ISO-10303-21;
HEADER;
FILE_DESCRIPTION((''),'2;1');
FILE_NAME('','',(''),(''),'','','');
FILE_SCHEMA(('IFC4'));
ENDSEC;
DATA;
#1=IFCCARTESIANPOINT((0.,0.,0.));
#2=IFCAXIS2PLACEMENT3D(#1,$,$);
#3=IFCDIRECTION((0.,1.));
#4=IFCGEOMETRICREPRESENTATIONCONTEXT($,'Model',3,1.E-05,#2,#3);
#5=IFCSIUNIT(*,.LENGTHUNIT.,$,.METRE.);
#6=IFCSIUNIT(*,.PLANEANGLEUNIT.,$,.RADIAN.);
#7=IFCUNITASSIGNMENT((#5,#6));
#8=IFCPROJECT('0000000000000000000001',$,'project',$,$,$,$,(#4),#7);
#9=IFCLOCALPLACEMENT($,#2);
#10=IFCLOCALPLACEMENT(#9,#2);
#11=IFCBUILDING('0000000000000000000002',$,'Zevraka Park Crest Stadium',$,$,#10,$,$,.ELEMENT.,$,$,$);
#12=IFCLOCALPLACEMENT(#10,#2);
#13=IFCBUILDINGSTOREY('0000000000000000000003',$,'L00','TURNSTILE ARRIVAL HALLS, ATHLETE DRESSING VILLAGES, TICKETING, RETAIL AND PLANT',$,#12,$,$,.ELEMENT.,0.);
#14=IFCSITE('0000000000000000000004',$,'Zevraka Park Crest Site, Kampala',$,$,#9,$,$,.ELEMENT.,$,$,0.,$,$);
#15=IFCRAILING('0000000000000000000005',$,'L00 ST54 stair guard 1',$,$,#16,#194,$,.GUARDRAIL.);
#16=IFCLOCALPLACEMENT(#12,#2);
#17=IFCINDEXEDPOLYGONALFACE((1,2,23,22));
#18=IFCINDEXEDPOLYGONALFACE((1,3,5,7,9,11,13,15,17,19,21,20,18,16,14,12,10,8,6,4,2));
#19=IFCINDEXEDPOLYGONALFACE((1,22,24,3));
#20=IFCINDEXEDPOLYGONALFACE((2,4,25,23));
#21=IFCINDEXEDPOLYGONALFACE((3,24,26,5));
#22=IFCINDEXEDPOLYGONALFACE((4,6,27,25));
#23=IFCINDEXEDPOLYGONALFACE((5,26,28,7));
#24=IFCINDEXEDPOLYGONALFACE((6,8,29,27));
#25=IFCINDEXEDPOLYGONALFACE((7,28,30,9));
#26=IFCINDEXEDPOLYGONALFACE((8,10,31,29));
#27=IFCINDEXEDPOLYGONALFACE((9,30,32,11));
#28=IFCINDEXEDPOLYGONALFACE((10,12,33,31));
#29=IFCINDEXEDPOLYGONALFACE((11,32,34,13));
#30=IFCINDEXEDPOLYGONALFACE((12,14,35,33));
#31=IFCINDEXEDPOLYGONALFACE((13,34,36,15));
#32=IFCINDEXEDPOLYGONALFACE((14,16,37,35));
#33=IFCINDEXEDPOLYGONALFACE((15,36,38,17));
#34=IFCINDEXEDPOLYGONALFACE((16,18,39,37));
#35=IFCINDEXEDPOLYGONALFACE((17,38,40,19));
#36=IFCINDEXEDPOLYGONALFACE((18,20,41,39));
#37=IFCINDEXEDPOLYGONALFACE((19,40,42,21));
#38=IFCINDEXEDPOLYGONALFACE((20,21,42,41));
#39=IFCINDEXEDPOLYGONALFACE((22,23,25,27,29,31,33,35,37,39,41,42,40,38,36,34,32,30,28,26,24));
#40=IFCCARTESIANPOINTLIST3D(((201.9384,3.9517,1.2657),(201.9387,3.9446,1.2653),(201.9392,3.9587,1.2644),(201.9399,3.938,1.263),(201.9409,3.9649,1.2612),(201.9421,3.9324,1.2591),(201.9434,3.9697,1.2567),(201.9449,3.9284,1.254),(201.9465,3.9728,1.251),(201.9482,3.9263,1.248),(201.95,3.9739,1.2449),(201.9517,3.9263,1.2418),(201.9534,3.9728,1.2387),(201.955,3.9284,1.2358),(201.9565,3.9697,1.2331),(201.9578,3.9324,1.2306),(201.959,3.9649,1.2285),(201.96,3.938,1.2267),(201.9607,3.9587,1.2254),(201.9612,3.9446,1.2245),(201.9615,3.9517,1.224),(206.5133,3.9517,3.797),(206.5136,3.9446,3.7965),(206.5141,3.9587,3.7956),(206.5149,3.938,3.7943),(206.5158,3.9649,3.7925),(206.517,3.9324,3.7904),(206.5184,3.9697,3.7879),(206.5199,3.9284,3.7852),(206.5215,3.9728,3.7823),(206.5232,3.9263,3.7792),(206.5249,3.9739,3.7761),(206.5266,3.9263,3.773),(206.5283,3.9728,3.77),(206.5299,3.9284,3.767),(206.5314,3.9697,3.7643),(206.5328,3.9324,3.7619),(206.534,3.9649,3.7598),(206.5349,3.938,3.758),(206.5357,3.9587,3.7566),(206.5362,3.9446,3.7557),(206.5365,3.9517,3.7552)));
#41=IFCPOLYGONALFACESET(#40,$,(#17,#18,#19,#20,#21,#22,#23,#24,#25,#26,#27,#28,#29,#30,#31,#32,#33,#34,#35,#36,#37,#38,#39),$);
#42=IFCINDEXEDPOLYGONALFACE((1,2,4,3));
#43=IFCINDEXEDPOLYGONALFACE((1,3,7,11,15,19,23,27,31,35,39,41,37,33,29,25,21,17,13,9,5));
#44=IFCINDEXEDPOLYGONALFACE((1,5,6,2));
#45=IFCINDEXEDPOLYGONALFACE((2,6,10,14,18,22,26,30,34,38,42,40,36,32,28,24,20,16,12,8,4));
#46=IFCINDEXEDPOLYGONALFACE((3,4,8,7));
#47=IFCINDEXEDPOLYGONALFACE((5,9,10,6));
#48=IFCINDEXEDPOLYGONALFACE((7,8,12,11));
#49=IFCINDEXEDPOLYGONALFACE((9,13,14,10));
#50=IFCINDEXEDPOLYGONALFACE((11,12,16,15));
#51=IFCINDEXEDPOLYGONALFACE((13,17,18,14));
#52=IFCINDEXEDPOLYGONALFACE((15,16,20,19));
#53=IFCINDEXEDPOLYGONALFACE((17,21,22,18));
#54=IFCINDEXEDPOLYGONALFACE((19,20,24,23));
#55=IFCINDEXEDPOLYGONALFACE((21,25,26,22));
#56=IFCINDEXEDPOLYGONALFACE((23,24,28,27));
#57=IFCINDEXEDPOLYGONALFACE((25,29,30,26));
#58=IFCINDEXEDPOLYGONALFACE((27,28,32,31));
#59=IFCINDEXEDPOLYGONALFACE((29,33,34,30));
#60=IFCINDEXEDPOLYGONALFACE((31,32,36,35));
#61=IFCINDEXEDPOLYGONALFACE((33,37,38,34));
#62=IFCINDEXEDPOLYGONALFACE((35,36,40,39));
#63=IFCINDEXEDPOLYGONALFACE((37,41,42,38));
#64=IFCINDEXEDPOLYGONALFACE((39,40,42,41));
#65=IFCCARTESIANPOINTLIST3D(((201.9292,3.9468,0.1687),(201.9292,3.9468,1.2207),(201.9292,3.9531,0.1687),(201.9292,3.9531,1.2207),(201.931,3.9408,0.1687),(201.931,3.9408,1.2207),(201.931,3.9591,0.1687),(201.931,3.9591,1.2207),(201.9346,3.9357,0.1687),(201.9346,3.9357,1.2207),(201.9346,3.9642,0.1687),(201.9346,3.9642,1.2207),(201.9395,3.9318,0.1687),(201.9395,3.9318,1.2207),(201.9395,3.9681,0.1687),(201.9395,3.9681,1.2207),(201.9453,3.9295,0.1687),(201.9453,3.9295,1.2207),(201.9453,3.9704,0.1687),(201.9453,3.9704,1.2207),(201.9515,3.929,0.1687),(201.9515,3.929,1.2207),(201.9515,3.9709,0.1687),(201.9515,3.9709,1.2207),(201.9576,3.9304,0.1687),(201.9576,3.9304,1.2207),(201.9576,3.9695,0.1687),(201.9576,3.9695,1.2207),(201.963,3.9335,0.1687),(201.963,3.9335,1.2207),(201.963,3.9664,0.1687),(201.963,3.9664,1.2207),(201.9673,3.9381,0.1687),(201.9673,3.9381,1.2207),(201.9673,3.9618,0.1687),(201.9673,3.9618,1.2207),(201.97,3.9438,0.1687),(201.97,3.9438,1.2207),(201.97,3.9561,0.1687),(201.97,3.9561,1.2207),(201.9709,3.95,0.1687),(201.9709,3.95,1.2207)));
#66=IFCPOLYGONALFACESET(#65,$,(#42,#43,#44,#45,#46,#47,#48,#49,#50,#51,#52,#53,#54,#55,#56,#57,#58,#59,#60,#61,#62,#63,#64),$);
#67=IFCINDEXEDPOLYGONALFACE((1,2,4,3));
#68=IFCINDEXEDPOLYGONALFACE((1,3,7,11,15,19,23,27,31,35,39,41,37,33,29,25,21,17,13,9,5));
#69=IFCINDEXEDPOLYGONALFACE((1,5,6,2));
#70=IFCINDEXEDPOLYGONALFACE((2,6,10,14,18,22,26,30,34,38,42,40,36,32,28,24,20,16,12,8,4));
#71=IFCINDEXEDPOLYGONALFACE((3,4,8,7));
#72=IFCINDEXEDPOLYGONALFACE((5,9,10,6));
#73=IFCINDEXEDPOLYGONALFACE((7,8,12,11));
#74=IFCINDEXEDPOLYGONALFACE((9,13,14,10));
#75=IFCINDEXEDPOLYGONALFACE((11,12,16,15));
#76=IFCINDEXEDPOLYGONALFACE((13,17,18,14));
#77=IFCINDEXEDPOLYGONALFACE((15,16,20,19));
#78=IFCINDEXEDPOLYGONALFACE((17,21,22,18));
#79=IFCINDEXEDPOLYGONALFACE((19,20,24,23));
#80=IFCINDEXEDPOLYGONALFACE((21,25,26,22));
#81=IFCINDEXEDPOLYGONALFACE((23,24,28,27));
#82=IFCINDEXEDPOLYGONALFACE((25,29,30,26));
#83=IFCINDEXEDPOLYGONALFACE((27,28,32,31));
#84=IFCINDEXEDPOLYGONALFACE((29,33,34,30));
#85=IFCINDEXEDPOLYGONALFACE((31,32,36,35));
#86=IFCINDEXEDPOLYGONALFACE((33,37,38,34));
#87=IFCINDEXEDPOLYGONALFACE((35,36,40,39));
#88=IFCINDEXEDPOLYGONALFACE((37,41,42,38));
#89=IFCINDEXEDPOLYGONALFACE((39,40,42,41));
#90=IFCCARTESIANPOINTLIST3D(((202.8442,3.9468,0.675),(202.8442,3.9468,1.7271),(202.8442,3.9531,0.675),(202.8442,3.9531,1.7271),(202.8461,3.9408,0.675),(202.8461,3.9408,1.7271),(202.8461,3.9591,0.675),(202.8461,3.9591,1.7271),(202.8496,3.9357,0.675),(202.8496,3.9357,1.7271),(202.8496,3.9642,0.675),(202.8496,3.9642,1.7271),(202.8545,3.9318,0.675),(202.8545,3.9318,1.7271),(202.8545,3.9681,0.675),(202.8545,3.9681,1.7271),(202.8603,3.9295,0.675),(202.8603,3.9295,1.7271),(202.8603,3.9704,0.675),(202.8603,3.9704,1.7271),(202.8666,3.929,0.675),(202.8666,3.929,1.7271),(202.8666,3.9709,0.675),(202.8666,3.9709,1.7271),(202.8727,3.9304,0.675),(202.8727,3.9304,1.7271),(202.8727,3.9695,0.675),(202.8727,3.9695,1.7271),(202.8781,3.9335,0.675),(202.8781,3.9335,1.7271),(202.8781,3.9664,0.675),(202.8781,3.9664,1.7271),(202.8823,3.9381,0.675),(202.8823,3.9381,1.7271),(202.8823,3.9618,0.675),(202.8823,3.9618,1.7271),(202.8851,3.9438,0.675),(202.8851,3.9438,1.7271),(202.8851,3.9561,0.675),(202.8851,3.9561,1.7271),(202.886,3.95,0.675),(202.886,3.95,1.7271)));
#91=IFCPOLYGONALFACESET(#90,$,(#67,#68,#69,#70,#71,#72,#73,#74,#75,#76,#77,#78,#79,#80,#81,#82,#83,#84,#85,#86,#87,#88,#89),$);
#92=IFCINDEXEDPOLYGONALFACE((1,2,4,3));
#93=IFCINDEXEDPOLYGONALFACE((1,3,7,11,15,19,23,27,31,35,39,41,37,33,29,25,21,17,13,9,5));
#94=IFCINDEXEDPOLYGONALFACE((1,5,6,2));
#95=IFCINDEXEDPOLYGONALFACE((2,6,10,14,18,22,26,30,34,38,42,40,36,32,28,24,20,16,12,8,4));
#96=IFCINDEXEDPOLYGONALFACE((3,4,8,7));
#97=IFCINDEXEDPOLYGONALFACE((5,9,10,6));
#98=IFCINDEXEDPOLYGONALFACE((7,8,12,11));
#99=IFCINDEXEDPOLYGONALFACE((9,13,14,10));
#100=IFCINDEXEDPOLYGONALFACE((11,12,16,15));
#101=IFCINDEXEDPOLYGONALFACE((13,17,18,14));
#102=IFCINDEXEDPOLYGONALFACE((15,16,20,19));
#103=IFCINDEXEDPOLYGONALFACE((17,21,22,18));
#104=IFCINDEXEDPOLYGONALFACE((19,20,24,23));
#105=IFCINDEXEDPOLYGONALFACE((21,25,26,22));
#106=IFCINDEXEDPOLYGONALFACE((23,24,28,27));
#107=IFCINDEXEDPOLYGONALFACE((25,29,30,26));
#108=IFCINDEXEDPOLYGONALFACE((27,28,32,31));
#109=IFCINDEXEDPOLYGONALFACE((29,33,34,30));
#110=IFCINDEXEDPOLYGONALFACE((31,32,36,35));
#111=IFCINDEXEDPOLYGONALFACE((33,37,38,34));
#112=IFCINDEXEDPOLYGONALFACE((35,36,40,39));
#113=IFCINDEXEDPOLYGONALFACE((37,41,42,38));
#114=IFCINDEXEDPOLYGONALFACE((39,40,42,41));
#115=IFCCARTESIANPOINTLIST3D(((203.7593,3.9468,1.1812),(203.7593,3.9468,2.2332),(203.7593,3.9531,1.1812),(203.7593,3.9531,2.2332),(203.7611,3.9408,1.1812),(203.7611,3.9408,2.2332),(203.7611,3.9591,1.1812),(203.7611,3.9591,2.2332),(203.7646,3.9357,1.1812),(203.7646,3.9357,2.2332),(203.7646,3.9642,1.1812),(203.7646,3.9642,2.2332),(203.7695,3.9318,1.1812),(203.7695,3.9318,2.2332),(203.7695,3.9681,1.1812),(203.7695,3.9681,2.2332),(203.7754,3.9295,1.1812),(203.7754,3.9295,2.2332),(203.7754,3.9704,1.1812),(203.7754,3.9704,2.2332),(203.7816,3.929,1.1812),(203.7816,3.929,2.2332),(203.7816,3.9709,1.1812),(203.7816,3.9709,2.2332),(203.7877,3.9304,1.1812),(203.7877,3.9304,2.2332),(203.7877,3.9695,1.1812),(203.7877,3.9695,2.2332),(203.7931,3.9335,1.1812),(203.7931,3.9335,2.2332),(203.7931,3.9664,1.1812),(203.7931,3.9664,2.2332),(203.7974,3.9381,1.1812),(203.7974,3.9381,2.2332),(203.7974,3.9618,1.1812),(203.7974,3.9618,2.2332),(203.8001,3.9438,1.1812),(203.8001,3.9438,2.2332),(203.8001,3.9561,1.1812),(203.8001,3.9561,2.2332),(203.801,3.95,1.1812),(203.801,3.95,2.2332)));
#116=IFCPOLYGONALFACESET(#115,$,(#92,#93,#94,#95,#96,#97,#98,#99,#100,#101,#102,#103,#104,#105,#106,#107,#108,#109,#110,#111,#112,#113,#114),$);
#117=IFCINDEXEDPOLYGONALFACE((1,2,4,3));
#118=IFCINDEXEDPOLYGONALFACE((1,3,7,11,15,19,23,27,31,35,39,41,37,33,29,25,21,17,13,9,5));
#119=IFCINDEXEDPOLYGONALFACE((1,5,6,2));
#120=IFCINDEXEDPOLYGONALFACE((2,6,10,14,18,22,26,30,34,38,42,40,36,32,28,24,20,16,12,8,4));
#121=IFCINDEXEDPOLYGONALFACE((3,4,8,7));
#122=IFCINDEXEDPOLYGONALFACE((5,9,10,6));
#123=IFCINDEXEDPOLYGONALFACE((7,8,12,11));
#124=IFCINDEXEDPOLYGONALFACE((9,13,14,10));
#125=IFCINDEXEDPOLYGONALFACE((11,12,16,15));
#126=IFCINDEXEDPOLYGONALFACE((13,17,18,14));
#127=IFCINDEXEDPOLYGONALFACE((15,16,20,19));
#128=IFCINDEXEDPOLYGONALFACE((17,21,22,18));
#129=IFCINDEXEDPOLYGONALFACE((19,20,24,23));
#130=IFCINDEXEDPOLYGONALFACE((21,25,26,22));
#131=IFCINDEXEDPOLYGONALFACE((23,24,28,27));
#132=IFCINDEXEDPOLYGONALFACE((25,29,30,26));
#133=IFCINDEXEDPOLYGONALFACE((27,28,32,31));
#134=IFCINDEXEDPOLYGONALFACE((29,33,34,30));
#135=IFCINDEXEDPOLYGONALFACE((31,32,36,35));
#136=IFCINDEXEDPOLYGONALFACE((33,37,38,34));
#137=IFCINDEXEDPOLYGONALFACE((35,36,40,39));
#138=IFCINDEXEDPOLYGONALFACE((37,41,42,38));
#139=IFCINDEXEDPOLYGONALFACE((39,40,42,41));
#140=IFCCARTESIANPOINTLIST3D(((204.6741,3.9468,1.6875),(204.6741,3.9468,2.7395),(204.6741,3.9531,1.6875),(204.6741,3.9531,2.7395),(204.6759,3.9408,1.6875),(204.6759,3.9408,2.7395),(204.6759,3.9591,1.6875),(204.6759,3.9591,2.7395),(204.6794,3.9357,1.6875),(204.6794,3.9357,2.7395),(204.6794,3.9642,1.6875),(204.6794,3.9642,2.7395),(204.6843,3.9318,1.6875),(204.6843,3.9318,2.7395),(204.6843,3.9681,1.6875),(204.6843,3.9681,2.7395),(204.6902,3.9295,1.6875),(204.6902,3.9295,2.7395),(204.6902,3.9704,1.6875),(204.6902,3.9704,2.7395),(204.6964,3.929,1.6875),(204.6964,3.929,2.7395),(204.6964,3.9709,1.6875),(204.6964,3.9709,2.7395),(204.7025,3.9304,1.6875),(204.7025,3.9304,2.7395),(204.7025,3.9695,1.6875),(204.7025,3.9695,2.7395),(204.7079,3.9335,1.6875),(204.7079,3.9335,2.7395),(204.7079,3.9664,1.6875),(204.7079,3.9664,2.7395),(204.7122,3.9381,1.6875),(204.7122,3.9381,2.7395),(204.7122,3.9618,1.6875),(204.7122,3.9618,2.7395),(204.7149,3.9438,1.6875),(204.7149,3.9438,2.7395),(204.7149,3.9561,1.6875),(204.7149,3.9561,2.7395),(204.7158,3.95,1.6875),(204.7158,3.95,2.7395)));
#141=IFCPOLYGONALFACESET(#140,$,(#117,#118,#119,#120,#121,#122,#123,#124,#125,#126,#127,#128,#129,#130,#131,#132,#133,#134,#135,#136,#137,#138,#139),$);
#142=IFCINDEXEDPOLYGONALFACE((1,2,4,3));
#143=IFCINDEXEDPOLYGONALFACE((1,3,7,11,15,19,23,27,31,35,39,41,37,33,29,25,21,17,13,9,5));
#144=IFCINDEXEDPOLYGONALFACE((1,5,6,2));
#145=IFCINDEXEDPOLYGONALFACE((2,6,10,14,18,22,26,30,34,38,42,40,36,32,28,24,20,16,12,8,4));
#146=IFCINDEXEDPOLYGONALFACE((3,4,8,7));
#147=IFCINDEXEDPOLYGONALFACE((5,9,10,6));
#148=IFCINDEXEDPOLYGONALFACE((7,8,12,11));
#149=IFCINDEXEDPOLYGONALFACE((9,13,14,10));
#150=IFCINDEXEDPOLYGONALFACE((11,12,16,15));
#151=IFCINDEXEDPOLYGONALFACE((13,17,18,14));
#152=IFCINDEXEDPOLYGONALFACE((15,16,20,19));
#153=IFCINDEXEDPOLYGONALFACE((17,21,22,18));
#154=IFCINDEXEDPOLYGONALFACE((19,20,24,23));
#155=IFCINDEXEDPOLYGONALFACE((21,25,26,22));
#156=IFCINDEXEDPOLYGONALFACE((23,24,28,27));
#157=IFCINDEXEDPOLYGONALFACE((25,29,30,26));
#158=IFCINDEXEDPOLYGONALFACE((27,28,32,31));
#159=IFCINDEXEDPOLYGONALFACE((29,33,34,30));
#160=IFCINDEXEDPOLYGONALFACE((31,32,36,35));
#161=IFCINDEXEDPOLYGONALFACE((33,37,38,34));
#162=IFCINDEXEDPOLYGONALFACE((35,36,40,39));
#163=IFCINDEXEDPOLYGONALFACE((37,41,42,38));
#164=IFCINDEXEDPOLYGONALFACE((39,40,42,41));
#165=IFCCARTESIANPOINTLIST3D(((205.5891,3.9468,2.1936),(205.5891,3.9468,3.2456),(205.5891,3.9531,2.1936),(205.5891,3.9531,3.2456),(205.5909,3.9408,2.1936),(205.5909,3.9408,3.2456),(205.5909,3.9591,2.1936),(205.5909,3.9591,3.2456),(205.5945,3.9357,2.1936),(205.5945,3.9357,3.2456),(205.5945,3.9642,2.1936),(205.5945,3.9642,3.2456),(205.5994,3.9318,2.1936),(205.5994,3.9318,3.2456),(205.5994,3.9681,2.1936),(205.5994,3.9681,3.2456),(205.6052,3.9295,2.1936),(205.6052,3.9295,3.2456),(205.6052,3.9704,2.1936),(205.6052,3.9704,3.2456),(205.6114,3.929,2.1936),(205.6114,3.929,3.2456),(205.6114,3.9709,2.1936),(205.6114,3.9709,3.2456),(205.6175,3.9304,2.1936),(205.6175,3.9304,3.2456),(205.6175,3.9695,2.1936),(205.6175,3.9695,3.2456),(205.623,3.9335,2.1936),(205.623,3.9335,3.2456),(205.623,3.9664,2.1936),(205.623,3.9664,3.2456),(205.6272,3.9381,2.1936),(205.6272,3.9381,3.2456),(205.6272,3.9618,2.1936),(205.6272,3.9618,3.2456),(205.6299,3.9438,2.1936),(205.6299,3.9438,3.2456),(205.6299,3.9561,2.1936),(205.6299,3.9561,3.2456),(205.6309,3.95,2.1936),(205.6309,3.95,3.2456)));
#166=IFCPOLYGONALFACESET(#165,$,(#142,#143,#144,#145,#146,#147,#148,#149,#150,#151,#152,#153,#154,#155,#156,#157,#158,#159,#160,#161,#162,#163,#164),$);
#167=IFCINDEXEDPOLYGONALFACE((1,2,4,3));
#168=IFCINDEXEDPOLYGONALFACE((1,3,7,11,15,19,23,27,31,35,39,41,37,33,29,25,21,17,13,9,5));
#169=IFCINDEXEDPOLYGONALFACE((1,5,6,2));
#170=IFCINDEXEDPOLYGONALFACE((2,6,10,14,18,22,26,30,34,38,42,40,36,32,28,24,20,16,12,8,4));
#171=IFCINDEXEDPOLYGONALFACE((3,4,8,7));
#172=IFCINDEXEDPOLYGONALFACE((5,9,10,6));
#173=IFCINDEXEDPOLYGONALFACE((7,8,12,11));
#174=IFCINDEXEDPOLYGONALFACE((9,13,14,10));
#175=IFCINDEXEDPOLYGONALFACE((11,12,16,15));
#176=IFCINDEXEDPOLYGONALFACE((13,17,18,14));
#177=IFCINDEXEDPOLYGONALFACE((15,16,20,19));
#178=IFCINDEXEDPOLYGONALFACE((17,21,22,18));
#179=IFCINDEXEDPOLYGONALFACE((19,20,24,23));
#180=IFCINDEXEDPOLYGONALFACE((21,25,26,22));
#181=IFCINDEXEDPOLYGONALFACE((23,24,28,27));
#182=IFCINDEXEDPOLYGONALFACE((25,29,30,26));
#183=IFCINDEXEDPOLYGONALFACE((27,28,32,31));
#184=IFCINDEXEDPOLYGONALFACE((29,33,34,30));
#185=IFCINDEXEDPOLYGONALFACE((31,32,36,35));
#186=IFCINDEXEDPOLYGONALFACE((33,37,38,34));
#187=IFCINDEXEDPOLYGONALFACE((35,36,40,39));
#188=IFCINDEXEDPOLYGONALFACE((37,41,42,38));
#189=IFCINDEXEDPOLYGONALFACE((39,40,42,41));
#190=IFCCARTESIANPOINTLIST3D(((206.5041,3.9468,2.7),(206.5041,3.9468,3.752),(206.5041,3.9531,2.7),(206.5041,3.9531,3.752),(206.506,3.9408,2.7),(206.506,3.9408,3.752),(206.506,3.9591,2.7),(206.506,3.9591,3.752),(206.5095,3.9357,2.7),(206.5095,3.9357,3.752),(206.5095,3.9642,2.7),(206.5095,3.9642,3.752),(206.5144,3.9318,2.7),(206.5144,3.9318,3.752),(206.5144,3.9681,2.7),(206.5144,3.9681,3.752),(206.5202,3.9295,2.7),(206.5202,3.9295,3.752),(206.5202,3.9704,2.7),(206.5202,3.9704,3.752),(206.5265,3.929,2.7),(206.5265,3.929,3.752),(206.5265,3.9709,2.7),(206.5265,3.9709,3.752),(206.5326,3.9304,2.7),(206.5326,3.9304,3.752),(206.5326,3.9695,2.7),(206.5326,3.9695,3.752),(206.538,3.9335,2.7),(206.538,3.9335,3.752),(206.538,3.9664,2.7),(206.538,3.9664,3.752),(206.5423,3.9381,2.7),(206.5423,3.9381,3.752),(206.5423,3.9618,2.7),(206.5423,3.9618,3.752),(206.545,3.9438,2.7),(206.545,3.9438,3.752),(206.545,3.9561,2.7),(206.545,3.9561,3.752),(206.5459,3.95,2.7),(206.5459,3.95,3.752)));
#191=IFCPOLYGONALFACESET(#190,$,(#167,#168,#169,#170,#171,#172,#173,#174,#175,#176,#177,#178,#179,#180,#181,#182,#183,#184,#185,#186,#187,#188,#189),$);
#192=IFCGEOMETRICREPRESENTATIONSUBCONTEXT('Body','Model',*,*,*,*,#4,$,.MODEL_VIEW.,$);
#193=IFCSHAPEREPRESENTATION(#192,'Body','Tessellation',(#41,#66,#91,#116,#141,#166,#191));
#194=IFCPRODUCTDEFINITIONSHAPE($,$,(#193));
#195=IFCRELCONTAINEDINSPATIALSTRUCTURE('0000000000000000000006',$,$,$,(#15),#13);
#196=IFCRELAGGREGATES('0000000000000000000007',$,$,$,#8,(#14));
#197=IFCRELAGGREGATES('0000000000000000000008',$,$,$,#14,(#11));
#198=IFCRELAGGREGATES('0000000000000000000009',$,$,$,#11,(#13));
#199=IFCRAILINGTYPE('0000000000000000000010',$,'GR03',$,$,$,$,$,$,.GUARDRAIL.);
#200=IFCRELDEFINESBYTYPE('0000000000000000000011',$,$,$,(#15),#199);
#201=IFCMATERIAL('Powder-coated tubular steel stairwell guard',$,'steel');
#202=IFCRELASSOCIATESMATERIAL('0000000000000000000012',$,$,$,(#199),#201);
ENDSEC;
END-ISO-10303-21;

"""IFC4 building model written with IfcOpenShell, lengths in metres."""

from ifc_helpers import new_model, si_unit, direction, frame, origin, origin_2d, place, context, subcontext, project, spatial, circle, extrude, material, type_object, element, save


model = new_model("IFC4")

# Units and contexts
model_context = context("Model", 3, precision=1e-05, world=origin(), true_north=direction((0.0, 1.0)))
body_context = subcontext(model_context, "Body", "Model", "MODEL_VIEW")
ifc_project = project(units=[si_unit("LENGTHUNIT", "METRE"), si_unit("PLANEANGLEUNIT", "RADIAN")], contexts=[model_context])

# Site, building, storey
site_placement = place(None, origin())
site = spatial("IfcSite", under=ifc_project, at=site_placement, Name="Zevraka Park Crest Site, Kampala", CompositionType="ELEMENT", RefElevation=0.0)
building_placement = place(site_placement, origin())
building = spatial("IfcBuilding", under=site, at=building_placement, Name="Zevraka Park Crest Stadium", CompositionType="ELEMENT")
storey_placement = place(building_placement, origin())
storey = spatial("IfcBuildingStorey", under=building, at=storey_placement, Name="L00", Description="TURNSTILE ARRIVAL HALLS, ATHLETE DRESSING VILLAGES, TICKETING, RETAIL AND PLANT", CompositionType="ELEMENT", Elevation=0.0)

# Railing
ifc_material_1 = material(Name="Powder-coated tubular steel stairwell guard", Category="steel")
railing_type_1 = type_object("IfcRailingType", Name="GR03", PredefinedType="GUARDRAIL", material=ifc_material_1)
railing_1_placement = place(storey_placement, frame((201.95, 3.95, 0.1687)))
element("IfcRailing", 1, at=railing_1_placement, inside=storey, type_object=railing_type_1, Name="L00 ST54 stair guard 1", PredefinedType="GUARDRAIL", context=body_context, shape_type="SweptSolid", body=[
    extrude(circle(Radius=0.0239, at=origin_2d()), frame((0.0, 0.0, 1.0762), z_axis=(0.875, 0.0, 0.484124), x_axis=(0.0, 1.0, 0.0)), (0.0, 0.0, 1.0), 5.2285),
    extrude(circle(Radius=0.021, at=origin_2d()), origin(), (0.0, 0.0, 1.0), 1.052),
    extrude(circle(Radius=0.021, at=origin_2d()), frame((0.915, 0.0, 0.5063)), (0.0, 0.0, 1.0), 1.052),
    extrude(circle(Radius=0.021, at=origin_2d()), frame((1.8301, 0.0, 1.0125)), (0.0, 0.0, 1.0), 1.052),
    extrude(circle(Radius=0.021, at=origin_2d()), frame((2.7449, 0.0, 1.5188)), (0.0, 0.0, 1.0), 1.052),
    extrude(circle(Radius=0.021, at=origin_2d()), frame((3.6599, 0.0, 2.0249)), (0.0, 0.0, 1.0), 1.052),
    extrude(circle(Radius=0.021, at=origin_2d()), frame((4.575, 0.0, 2.5312)), (0.0, 0.0, 1.0), 1.052),
])

save(model, "model.ifc")
